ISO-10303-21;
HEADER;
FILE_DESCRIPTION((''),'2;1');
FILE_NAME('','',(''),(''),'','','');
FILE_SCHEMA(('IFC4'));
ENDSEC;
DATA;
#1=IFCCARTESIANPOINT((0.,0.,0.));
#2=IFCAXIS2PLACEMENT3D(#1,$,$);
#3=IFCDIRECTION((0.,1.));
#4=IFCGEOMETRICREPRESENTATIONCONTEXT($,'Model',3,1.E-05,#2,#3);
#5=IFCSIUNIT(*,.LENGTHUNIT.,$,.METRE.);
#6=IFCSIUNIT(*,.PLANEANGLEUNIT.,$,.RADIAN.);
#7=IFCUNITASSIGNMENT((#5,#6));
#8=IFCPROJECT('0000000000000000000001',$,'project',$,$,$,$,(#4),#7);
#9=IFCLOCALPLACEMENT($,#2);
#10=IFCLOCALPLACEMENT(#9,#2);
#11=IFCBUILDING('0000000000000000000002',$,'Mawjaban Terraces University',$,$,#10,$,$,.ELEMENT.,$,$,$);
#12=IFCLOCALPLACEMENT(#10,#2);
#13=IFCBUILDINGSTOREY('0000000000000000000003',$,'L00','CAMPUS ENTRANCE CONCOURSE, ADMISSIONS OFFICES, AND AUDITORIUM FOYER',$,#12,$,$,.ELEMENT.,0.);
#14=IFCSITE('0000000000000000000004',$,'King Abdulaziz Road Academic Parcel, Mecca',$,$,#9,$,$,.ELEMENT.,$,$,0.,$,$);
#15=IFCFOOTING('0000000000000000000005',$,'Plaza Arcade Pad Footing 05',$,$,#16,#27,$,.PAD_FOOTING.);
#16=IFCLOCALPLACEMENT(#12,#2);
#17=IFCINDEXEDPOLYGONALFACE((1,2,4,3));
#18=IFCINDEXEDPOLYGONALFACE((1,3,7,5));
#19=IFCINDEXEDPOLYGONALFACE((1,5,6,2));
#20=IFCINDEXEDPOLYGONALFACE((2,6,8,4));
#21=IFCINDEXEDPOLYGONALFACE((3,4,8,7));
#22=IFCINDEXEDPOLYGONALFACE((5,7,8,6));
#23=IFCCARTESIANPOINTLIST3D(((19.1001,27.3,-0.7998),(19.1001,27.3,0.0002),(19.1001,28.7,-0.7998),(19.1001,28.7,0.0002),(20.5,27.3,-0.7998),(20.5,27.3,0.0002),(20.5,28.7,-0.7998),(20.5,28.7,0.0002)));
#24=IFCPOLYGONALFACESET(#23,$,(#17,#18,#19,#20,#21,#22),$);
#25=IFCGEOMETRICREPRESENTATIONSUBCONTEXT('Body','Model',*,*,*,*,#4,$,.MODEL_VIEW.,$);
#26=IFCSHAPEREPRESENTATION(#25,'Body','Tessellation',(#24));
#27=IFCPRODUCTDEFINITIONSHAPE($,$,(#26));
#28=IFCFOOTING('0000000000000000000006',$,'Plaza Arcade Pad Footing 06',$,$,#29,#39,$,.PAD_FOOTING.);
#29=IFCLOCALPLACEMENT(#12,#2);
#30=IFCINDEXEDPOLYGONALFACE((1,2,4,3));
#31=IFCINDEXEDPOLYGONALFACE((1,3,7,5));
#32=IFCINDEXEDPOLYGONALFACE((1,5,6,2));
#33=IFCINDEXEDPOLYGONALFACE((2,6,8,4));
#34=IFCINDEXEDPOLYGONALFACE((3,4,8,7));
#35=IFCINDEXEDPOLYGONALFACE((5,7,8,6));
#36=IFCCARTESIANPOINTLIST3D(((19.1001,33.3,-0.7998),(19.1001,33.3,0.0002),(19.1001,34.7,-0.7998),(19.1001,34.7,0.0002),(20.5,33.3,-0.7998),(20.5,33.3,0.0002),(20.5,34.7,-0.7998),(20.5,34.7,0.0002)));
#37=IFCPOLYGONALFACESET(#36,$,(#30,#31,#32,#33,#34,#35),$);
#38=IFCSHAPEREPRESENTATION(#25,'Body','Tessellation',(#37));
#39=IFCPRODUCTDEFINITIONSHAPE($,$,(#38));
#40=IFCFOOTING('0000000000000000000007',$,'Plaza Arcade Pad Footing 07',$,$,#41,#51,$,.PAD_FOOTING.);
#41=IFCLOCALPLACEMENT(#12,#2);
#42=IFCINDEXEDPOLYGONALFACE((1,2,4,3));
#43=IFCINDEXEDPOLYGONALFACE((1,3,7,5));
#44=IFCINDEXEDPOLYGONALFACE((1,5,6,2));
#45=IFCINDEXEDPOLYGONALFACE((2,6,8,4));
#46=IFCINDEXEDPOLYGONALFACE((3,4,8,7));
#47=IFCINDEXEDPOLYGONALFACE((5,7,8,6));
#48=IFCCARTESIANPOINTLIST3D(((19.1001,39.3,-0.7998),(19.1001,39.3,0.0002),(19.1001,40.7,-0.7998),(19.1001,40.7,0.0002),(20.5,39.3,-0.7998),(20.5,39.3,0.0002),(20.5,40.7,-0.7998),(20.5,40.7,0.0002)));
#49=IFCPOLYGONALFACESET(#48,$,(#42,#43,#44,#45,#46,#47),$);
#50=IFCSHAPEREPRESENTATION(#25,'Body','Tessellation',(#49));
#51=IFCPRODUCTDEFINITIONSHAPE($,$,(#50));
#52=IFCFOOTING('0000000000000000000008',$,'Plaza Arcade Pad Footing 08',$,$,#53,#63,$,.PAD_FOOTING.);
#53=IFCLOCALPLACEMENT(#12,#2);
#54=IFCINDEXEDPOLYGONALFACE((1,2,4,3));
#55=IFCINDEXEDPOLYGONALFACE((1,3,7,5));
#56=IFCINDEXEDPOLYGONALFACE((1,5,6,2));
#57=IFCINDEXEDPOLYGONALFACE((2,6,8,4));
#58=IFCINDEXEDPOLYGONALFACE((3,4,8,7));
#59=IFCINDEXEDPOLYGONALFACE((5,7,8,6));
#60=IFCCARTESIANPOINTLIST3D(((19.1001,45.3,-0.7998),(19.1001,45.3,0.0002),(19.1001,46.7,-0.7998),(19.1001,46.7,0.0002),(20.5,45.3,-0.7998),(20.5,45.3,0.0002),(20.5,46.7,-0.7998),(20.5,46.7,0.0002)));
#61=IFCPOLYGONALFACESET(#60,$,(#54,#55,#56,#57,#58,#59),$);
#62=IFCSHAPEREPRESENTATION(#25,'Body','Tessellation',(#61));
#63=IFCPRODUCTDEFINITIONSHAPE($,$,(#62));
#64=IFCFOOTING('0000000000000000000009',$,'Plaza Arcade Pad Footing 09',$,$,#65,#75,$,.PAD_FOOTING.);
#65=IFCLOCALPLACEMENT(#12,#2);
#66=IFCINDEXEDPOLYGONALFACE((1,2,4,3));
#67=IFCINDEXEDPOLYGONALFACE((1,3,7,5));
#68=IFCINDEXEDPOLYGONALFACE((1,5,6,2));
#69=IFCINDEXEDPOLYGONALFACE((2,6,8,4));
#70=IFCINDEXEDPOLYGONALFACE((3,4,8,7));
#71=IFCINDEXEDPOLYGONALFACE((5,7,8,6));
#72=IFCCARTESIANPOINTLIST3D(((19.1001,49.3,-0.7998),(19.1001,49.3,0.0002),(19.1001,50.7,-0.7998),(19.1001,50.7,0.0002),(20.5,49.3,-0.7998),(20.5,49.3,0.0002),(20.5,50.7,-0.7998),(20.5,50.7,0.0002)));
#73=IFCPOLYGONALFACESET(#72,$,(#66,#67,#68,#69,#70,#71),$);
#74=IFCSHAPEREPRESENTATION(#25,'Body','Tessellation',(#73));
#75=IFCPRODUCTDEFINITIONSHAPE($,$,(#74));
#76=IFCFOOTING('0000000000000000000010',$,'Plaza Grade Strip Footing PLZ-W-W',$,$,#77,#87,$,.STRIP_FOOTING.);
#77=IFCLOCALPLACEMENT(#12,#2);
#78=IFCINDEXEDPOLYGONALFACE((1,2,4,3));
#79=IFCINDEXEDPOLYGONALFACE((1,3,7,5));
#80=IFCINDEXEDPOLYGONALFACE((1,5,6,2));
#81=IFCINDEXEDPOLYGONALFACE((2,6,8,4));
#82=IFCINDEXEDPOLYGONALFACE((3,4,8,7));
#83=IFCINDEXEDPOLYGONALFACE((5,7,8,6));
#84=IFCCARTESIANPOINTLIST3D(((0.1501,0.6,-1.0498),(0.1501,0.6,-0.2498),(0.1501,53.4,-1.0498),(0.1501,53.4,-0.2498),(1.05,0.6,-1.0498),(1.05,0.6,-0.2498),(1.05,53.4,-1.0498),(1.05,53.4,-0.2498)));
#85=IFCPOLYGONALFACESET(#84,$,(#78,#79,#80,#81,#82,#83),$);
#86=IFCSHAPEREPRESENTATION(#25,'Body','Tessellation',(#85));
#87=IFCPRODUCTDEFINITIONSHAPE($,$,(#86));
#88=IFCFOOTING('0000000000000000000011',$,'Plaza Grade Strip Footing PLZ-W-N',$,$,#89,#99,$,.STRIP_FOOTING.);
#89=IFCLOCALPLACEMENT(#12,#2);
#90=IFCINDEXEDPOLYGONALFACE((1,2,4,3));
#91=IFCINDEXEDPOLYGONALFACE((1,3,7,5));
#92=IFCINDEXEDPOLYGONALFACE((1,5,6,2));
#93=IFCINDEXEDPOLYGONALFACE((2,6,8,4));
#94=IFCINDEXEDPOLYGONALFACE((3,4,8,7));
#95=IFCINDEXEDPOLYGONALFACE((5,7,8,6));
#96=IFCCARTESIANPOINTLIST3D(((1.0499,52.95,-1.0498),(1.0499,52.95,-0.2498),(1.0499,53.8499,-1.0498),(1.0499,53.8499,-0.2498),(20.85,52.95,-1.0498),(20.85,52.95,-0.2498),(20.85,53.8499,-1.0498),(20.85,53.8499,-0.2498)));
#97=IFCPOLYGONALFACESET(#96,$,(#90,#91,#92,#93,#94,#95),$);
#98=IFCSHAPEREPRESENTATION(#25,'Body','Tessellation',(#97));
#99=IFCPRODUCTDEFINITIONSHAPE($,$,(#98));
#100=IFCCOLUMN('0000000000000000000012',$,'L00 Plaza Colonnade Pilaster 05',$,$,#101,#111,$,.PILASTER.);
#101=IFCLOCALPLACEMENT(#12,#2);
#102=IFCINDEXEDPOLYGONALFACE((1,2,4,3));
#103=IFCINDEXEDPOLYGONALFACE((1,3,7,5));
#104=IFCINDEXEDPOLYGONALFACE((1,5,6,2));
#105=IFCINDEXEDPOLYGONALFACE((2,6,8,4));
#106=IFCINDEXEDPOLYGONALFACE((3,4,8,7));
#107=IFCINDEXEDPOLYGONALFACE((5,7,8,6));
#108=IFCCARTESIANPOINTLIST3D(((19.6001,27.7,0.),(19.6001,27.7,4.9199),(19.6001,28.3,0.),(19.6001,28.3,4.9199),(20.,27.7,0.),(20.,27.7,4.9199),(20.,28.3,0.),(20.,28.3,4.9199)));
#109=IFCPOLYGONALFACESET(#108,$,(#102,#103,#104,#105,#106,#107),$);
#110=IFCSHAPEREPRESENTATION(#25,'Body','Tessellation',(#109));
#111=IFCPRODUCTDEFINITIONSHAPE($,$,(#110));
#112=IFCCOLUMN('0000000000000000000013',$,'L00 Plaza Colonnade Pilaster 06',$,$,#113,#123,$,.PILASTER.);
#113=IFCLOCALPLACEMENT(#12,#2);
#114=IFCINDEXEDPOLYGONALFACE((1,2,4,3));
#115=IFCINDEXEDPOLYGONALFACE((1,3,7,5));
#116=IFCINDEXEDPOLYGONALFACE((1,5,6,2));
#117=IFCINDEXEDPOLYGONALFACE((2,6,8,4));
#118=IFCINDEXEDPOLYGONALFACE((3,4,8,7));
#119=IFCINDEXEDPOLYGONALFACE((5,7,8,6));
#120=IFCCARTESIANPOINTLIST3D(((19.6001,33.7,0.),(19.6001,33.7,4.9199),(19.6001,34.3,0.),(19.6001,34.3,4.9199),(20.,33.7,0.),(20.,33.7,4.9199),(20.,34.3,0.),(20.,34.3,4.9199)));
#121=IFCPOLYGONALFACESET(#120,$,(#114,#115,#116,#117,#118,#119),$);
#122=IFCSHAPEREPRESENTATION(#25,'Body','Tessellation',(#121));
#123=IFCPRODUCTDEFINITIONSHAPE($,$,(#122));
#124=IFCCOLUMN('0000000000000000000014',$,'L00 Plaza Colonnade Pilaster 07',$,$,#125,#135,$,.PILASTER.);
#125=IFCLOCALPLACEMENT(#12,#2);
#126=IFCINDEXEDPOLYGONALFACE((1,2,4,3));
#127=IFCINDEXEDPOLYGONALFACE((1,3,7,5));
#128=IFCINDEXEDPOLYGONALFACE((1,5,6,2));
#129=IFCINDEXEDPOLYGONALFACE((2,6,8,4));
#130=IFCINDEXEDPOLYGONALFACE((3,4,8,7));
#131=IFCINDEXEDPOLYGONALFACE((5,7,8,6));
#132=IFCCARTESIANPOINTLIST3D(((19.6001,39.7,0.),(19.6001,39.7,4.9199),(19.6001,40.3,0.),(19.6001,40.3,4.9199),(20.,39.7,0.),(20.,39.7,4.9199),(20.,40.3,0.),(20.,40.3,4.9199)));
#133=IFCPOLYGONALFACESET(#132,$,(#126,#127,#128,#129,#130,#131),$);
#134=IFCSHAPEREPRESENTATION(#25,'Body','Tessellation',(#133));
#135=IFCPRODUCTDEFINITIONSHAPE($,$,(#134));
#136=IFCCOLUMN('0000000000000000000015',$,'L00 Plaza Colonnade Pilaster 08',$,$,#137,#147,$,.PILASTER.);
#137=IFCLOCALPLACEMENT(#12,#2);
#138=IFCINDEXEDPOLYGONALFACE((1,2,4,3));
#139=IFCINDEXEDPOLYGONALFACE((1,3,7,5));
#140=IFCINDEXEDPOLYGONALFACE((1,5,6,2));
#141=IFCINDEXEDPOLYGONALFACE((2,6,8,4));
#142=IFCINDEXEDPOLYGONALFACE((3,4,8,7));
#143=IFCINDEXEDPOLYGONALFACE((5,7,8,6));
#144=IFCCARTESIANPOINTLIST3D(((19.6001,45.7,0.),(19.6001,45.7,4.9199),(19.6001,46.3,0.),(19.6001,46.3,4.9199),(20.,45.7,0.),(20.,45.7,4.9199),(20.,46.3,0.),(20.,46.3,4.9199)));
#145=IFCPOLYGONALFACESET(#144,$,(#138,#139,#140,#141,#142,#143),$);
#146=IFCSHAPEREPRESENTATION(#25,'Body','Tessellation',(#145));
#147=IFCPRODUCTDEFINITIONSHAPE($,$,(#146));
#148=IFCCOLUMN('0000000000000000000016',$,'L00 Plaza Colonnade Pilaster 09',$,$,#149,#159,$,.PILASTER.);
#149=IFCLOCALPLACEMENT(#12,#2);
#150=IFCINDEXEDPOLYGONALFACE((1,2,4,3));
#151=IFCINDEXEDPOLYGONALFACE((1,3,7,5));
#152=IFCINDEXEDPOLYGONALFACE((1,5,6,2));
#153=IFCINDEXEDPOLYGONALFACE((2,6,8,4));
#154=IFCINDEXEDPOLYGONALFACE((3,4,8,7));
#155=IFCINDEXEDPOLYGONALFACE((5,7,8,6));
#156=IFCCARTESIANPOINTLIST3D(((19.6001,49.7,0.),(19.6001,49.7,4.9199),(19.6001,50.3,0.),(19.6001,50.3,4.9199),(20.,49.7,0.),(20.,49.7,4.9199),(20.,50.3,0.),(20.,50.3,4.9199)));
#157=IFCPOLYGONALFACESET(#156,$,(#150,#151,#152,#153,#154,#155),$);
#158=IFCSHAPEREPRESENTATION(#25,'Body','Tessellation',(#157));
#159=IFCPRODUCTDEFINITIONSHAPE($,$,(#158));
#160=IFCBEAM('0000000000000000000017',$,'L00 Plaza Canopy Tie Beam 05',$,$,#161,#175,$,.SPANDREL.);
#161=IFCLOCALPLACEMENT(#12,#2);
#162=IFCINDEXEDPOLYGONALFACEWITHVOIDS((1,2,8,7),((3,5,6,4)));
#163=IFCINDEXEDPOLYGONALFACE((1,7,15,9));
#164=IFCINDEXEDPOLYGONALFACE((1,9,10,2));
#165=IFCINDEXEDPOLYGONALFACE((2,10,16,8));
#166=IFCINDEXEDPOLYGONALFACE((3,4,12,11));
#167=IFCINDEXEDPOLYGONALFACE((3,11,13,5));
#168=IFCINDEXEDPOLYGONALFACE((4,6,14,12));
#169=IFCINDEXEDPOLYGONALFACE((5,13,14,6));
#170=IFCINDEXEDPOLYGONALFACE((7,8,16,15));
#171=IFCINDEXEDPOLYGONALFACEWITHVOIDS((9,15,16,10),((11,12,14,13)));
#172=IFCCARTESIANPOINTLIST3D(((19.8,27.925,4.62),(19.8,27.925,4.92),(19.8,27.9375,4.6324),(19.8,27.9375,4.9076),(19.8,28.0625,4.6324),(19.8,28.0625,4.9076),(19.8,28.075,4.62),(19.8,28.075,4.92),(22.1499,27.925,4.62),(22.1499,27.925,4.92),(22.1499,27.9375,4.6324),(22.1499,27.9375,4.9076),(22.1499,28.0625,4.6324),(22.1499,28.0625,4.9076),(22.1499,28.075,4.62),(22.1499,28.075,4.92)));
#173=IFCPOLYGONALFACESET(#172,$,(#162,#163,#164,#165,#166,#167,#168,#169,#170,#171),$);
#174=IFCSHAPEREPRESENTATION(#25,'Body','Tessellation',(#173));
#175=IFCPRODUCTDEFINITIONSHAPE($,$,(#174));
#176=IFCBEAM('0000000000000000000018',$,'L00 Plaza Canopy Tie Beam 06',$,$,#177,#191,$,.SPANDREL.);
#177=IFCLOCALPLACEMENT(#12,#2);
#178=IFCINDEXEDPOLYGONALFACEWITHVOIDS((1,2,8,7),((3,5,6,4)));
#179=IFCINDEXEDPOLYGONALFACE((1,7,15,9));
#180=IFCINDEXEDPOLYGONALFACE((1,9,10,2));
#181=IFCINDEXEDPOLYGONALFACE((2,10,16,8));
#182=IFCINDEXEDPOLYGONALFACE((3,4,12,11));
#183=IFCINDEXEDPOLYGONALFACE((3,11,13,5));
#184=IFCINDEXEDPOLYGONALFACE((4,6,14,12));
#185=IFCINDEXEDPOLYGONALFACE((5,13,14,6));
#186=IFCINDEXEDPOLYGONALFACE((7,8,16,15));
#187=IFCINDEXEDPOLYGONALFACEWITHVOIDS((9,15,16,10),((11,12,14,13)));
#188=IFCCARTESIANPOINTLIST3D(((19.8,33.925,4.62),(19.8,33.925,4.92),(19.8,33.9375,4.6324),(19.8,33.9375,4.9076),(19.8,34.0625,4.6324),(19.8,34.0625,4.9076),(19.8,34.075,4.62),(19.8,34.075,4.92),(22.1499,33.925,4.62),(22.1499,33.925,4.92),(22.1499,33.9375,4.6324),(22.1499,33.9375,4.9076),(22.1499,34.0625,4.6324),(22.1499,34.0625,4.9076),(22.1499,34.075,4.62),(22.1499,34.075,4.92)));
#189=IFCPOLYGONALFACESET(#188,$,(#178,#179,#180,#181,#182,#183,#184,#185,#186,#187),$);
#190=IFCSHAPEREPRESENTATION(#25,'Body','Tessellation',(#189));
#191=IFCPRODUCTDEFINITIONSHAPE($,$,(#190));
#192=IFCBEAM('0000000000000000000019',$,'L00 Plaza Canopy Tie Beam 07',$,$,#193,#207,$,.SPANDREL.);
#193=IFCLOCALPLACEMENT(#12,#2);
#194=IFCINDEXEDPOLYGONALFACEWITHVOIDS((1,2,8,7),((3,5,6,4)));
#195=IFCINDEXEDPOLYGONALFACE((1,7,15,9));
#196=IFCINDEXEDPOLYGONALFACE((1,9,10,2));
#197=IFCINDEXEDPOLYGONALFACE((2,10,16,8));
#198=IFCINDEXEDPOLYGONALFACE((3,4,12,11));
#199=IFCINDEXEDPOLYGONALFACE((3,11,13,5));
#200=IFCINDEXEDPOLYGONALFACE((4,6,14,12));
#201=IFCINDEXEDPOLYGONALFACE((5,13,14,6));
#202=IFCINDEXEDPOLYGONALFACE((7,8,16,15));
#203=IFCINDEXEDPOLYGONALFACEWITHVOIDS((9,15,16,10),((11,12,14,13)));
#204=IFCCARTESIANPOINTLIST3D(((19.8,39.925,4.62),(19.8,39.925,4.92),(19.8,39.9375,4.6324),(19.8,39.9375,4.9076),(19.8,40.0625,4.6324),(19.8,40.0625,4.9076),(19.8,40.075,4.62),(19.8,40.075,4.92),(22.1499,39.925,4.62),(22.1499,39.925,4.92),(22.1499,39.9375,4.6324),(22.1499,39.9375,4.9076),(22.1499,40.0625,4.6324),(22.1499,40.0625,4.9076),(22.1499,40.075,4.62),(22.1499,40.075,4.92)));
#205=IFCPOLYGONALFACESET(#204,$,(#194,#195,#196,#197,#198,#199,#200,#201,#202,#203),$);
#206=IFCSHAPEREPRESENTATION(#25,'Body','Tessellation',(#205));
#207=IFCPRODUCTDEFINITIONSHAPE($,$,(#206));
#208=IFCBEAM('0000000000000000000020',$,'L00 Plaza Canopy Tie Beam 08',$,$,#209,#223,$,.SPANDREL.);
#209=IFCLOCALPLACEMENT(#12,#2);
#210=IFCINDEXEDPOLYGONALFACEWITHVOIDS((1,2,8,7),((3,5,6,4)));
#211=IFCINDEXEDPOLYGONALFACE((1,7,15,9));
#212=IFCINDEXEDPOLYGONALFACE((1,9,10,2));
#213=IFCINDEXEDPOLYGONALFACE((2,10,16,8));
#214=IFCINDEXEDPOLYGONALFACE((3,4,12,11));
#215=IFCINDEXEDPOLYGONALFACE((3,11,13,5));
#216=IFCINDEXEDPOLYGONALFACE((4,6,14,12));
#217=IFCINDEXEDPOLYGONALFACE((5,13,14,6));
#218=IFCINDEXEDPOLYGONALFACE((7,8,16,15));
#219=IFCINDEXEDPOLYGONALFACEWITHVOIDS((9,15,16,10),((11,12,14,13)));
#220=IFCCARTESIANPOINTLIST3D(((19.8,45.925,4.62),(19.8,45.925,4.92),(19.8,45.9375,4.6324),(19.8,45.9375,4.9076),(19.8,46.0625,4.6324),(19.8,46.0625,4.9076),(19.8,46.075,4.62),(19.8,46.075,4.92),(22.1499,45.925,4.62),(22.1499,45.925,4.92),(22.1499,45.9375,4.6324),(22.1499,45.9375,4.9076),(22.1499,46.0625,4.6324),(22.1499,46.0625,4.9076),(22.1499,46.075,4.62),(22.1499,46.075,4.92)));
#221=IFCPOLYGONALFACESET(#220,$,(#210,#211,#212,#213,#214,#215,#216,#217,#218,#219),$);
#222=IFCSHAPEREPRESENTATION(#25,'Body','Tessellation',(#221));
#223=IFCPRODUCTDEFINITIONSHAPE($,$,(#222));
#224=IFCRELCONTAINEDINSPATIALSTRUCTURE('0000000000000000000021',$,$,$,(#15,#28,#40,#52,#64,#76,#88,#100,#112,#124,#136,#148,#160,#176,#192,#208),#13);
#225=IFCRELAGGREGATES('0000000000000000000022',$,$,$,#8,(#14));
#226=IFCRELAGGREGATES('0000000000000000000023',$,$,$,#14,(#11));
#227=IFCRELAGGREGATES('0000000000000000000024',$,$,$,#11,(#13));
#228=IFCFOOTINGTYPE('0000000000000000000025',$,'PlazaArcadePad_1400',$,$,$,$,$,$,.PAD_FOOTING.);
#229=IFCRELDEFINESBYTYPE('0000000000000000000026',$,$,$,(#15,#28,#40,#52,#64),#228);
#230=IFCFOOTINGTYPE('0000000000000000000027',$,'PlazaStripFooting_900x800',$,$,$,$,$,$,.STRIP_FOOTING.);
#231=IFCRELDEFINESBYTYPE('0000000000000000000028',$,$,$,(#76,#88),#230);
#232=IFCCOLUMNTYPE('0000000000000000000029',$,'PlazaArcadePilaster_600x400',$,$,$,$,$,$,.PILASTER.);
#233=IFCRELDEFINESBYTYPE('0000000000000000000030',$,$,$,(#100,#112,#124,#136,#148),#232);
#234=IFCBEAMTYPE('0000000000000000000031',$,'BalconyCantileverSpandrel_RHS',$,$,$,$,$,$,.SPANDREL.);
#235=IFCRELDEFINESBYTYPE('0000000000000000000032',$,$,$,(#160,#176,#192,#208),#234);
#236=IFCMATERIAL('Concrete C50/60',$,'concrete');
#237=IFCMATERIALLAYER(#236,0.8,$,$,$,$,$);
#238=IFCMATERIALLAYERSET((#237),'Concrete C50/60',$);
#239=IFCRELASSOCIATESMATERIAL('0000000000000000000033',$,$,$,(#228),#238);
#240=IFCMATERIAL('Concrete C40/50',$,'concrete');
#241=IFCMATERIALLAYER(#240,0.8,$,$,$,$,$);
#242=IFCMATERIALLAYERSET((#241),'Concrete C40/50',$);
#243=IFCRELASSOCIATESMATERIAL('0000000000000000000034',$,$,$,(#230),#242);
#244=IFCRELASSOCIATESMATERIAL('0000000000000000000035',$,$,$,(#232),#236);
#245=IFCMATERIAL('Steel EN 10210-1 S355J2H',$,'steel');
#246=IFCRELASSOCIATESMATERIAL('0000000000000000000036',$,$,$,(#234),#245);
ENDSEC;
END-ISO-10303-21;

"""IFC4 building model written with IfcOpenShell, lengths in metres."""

from ifc_helpers import new_model, si_unit, direction, frame, origin, origin_2d, place, context, subcontext, project, spatial, rectangle, hollow_rectangle, extrude, material, layer, layer_set, material_profile, profile_set, type_object, element, save


model = new_model("IFC4")

# Units and contexts
model_context = context("Model", 3, precision=1e-05, world=origin(), true_north=direction((0.0, 1.0)))
body_context = subcontext(model_context, "Body", "Model", "MODEL_VIEW")
ifc_project = project(units=[si_unit("LENGTHUNIT", "METRE"), si_unit("PLANEANGLEUNIT", "RADIAN")], contexts=[model_context])

# Site, building, storey
site_placement = place(None, origin())
site = spatial("IfcSite", under=ifc_project, at=site_placement, Name="King Abdulaziz Road Academic Parcel, Mecca", CompositionType="ELEMENT", RefElevation=0.0)
building_placement = place(site_placement, origin())
building = spatial("IfcBuilding", under=site, at=building_placement, Name="Mawjaban Terraces University", CompositionType="ELEMENT")
storey_placement = place(building_placement, origin())
storey = spatial("IfcBuildingStorey", under=building, at=storey_placement, Name="L00", Description="CAMPUS ENTRANCE CONCOURSE, ADMISSIONS OFFICES, AND AUDITORIUM FOYER", CompositionType="ELEMENT", Elevation=0.0)

# Footings
ifc_material_1 = material(Name="Concrete C50/60", Category="concrete")
ifc_layer_1 = layer(ifc_material_1, 0.8)
ifc_layer_set_1 = layer_set([ifc_layer_1], Name="Concrete C50/60")
footing_type_1 = type_object("IfcFootingType", Name="PlazaArcadePad_1400", PredefinedType="PAD_FOOTING", material=ifc_layer_set_1)
for number, where, z_axis, x_axis, name in (
    (1, (19.8, 28.0, -0.7998), (0.0, 0.0, 1.0), (1.0, 0.0, 0.0), "Plaza Arcade Pad Footing 05"),
    (2, (19.8, 34.0, -0.7998), (0.0, 0.0, 1.0), (1.0, 0.0, 0.0), "Plaza Arcade Pad Footing 06"),
    (3, (19.8, 40.0, -0.7998), (0.0, 0.0, 1.0), (1.0, 0.0, 0.0), "Plaza Arcade Pad Footing 07"),
    (4, (19.8, 46.0, -0.7998), (0.0, 0.0, 1.0), (1.0, 0.0, 0.0), "Plaza Arcade Pad Footing 08"),
    (5, (19.8, 50.0, -0.7998), (0.0, 0.0, 1.0), (1.0, 0.0, 0.0), "Plaza Arcade Pad Footing 09"),
):
    element("IfcFooting", number, at=place(storey_placement, frame(where, z_axis=z_axis, x_axis=x_axis)), inside=storey, type_object=footing_type_1, Name=name, PredefinedType="PAD_FOOTING", context=body_context, shape_type="SweptSolid", body=[
        extrude(rectangle(XDim=1.3999, YDim=1.3999, at=origin_2d()), origin(), (0.0, 0.0, 1.0), 0.8),
    ])
ifc_material_2 = material(Name="Concrete C40/50", Category="concrete")
ifc_layer_2 = layer(ifc_material_2, 0.8)
ifc_layer_set_2 = layer_set([ifc_layer_2], Name="Concrete C40/50")
footing_type_2 = type_object("IfcFootingType", Name="PlazaStripFooting_900x800", PredefinedType="STRIP_FOOTING", material=ifc_layer_set_2)
footing_1_placement = place(storey_placement, frame((0.6001, 27.0, -1.0498), z_axis=(0.0, 0.0, 1.0), x_axis=(1.0, 0.0, 0.0)))
element("IfcFooting", 6, at=footing_1_placement, inside=storey, type_object=footing_type_2, Name="Plaza Grade Strip Footing PLZ-W-W", PredefinedType="STRIP_FOOTING", context=body_context, shape_type="SweptSolid", body=[
    extrude(rectangle(XDim=0.8999, YDim=52.8, at=origin_2d()), origin(), (0.0, 0.0, 1.0), 0.8),
])
footing_2_placement = place(storey_placement, frame((10.95, 53.3999, -1.0498), z_axis=(0.0, 0.0, 1.0), x_axis=(1.0, 0.0, 0.0)))
element("IfcFooting", 7, at=footing_2_placement, inside=storey, type_object=footing_type_2, Name="Plaza Grade Strip Footing PLZ-W-N", PredefinedType="STRIP_FOOTING", context=body_context, shape_type="SweptSolid", body=[
    extrude(rectangle(XDim=19.8, YDim=0.8999, at=origin_2d()), origin(), (0.0, 0.0, 1.0), 0.8),
])

# Columns
ifc_material_profile_1 = material_profile(ifc_material_1, rectangle(XDim=0.3999, YDim=0.6001, at=origin_2d()), Name="PIL600X400")
ifc_profile_set_1 = profile_set([ifc_material_profile_1], Name="Concrete C50/60")
column_type = type_object("IfcColumnType", Name="PlazaArcadePilaster_600x400", PredefinedType="PILASTER", material=ifc_profile_set_1)
for number, where, z_axis, x_axis, name in (
    (8, (19.8, 28.0, 0.0), (0.0, 0.0, 1.0), (1.0, 0.0, 0.0), "L00 Plaza Colonnade Pilaster 05"),
    (9, (19.8, 34.0, 0.0), (0.0, 0.0, 1.0), (1.0, 0.0, 0.0), "L00 Plaza Colonnade Pilaster 06"),
    (10, (19.8, 40.0, 0.0), (0.0, 0.0, 1.0), (1.0, 0.0, 0.0), "L00 Plaza Colonnade Pilaster 07"),
    (11, (19.8, 46.0, 0.0), (0.0, 0.0, 1.0), (1.0, 0.0, 0.0), "L00 Plaza Colonnade Pilaster 08"),
    (12, (19.8, 50.0, 0.0), (0.0, 0.0, 1.0), (1.0, 0.0, 0.0), "L00 Plaza Colonnade Pilaster 09"),
):
    element("IfcColumn", number, at=place(storey_placement, frame(where, z_axis=z_axis, x_axis=x_axis)), inside=storey, type_object=column_type, Name=name, PredefinedType="PILASTER", context=body_context, shape_type="SweptSolid", body=[
        extrude(rectangle(XDim=0.3999, YDim=0.6001, at=origin_2d()), origin(), (0.0, 0.0, 1.0), 4.9199),
    ])

# Beams
ifc_material_3 = material(Name="Steel EN 10210-1 S355J2H", Category="steel")
ifc_material_profile_2 = material_profile(ifc_material_3, hollow_rectangle(XDim=0.1499, YDim=0.3, WallThickness=0.0125, at=origin_2d()), Name="RHS300X150X12.5")
ifc_profile_set_2 = profile_set([ifc_material_profile_2], Name="Steel EN 10210-1 S355J2H")
beam_type = type_object("IfcBeamType", Name="BalconyCantileverSpandrel_RHS", PredefinedType="SPANDREL", material=ifc_profile_set_2)
for number, where, z_axis, x_axis, name in (
    (13, (19.8, 28.0, 4.77), (1.0, 0.0, 0.0), (0.0, 1.0, 0.0), "L00 Plaza Canopy Tie Beam 05"),
    (14, (19.8, 34.0, 4.77), (1.0, 0.0, 0.0), (0.0, 1.0, 0.0), "L00 Plaza Canopy Tie Beam 06"),
    (15, (19.8, 40.0, 4.77), (1.0, 0.0, 0.0), (0.0, 1.0, 0.0), "L00 Plaza Canopy Tie Beam 07"),
    (16, (19.8, 46.0, 4.77), (1.0, 0.0, 0.0), (0.0, 1.0, 0.0), "L00 Plaza Canopy Tie Beam 08"),
):
    element("IfcBeam", number, at=place(storey_placement, frame(where, z_axis=z_axis, x_axis=x_axis)), inside=storey, type_object=beam_type, Name=name, PredefinedType="SPANDREL", context=body_context, shape_type="SweptSolid", body=[
        extrude(hollow_rectangle(XDim=0.1499, YDim=0.3, WallThickness=0.0125, at=origin_2d()), origin(), (0.0, 0.0, 1.0), 2.3499),
    ])

save(model, "model.ifc")
